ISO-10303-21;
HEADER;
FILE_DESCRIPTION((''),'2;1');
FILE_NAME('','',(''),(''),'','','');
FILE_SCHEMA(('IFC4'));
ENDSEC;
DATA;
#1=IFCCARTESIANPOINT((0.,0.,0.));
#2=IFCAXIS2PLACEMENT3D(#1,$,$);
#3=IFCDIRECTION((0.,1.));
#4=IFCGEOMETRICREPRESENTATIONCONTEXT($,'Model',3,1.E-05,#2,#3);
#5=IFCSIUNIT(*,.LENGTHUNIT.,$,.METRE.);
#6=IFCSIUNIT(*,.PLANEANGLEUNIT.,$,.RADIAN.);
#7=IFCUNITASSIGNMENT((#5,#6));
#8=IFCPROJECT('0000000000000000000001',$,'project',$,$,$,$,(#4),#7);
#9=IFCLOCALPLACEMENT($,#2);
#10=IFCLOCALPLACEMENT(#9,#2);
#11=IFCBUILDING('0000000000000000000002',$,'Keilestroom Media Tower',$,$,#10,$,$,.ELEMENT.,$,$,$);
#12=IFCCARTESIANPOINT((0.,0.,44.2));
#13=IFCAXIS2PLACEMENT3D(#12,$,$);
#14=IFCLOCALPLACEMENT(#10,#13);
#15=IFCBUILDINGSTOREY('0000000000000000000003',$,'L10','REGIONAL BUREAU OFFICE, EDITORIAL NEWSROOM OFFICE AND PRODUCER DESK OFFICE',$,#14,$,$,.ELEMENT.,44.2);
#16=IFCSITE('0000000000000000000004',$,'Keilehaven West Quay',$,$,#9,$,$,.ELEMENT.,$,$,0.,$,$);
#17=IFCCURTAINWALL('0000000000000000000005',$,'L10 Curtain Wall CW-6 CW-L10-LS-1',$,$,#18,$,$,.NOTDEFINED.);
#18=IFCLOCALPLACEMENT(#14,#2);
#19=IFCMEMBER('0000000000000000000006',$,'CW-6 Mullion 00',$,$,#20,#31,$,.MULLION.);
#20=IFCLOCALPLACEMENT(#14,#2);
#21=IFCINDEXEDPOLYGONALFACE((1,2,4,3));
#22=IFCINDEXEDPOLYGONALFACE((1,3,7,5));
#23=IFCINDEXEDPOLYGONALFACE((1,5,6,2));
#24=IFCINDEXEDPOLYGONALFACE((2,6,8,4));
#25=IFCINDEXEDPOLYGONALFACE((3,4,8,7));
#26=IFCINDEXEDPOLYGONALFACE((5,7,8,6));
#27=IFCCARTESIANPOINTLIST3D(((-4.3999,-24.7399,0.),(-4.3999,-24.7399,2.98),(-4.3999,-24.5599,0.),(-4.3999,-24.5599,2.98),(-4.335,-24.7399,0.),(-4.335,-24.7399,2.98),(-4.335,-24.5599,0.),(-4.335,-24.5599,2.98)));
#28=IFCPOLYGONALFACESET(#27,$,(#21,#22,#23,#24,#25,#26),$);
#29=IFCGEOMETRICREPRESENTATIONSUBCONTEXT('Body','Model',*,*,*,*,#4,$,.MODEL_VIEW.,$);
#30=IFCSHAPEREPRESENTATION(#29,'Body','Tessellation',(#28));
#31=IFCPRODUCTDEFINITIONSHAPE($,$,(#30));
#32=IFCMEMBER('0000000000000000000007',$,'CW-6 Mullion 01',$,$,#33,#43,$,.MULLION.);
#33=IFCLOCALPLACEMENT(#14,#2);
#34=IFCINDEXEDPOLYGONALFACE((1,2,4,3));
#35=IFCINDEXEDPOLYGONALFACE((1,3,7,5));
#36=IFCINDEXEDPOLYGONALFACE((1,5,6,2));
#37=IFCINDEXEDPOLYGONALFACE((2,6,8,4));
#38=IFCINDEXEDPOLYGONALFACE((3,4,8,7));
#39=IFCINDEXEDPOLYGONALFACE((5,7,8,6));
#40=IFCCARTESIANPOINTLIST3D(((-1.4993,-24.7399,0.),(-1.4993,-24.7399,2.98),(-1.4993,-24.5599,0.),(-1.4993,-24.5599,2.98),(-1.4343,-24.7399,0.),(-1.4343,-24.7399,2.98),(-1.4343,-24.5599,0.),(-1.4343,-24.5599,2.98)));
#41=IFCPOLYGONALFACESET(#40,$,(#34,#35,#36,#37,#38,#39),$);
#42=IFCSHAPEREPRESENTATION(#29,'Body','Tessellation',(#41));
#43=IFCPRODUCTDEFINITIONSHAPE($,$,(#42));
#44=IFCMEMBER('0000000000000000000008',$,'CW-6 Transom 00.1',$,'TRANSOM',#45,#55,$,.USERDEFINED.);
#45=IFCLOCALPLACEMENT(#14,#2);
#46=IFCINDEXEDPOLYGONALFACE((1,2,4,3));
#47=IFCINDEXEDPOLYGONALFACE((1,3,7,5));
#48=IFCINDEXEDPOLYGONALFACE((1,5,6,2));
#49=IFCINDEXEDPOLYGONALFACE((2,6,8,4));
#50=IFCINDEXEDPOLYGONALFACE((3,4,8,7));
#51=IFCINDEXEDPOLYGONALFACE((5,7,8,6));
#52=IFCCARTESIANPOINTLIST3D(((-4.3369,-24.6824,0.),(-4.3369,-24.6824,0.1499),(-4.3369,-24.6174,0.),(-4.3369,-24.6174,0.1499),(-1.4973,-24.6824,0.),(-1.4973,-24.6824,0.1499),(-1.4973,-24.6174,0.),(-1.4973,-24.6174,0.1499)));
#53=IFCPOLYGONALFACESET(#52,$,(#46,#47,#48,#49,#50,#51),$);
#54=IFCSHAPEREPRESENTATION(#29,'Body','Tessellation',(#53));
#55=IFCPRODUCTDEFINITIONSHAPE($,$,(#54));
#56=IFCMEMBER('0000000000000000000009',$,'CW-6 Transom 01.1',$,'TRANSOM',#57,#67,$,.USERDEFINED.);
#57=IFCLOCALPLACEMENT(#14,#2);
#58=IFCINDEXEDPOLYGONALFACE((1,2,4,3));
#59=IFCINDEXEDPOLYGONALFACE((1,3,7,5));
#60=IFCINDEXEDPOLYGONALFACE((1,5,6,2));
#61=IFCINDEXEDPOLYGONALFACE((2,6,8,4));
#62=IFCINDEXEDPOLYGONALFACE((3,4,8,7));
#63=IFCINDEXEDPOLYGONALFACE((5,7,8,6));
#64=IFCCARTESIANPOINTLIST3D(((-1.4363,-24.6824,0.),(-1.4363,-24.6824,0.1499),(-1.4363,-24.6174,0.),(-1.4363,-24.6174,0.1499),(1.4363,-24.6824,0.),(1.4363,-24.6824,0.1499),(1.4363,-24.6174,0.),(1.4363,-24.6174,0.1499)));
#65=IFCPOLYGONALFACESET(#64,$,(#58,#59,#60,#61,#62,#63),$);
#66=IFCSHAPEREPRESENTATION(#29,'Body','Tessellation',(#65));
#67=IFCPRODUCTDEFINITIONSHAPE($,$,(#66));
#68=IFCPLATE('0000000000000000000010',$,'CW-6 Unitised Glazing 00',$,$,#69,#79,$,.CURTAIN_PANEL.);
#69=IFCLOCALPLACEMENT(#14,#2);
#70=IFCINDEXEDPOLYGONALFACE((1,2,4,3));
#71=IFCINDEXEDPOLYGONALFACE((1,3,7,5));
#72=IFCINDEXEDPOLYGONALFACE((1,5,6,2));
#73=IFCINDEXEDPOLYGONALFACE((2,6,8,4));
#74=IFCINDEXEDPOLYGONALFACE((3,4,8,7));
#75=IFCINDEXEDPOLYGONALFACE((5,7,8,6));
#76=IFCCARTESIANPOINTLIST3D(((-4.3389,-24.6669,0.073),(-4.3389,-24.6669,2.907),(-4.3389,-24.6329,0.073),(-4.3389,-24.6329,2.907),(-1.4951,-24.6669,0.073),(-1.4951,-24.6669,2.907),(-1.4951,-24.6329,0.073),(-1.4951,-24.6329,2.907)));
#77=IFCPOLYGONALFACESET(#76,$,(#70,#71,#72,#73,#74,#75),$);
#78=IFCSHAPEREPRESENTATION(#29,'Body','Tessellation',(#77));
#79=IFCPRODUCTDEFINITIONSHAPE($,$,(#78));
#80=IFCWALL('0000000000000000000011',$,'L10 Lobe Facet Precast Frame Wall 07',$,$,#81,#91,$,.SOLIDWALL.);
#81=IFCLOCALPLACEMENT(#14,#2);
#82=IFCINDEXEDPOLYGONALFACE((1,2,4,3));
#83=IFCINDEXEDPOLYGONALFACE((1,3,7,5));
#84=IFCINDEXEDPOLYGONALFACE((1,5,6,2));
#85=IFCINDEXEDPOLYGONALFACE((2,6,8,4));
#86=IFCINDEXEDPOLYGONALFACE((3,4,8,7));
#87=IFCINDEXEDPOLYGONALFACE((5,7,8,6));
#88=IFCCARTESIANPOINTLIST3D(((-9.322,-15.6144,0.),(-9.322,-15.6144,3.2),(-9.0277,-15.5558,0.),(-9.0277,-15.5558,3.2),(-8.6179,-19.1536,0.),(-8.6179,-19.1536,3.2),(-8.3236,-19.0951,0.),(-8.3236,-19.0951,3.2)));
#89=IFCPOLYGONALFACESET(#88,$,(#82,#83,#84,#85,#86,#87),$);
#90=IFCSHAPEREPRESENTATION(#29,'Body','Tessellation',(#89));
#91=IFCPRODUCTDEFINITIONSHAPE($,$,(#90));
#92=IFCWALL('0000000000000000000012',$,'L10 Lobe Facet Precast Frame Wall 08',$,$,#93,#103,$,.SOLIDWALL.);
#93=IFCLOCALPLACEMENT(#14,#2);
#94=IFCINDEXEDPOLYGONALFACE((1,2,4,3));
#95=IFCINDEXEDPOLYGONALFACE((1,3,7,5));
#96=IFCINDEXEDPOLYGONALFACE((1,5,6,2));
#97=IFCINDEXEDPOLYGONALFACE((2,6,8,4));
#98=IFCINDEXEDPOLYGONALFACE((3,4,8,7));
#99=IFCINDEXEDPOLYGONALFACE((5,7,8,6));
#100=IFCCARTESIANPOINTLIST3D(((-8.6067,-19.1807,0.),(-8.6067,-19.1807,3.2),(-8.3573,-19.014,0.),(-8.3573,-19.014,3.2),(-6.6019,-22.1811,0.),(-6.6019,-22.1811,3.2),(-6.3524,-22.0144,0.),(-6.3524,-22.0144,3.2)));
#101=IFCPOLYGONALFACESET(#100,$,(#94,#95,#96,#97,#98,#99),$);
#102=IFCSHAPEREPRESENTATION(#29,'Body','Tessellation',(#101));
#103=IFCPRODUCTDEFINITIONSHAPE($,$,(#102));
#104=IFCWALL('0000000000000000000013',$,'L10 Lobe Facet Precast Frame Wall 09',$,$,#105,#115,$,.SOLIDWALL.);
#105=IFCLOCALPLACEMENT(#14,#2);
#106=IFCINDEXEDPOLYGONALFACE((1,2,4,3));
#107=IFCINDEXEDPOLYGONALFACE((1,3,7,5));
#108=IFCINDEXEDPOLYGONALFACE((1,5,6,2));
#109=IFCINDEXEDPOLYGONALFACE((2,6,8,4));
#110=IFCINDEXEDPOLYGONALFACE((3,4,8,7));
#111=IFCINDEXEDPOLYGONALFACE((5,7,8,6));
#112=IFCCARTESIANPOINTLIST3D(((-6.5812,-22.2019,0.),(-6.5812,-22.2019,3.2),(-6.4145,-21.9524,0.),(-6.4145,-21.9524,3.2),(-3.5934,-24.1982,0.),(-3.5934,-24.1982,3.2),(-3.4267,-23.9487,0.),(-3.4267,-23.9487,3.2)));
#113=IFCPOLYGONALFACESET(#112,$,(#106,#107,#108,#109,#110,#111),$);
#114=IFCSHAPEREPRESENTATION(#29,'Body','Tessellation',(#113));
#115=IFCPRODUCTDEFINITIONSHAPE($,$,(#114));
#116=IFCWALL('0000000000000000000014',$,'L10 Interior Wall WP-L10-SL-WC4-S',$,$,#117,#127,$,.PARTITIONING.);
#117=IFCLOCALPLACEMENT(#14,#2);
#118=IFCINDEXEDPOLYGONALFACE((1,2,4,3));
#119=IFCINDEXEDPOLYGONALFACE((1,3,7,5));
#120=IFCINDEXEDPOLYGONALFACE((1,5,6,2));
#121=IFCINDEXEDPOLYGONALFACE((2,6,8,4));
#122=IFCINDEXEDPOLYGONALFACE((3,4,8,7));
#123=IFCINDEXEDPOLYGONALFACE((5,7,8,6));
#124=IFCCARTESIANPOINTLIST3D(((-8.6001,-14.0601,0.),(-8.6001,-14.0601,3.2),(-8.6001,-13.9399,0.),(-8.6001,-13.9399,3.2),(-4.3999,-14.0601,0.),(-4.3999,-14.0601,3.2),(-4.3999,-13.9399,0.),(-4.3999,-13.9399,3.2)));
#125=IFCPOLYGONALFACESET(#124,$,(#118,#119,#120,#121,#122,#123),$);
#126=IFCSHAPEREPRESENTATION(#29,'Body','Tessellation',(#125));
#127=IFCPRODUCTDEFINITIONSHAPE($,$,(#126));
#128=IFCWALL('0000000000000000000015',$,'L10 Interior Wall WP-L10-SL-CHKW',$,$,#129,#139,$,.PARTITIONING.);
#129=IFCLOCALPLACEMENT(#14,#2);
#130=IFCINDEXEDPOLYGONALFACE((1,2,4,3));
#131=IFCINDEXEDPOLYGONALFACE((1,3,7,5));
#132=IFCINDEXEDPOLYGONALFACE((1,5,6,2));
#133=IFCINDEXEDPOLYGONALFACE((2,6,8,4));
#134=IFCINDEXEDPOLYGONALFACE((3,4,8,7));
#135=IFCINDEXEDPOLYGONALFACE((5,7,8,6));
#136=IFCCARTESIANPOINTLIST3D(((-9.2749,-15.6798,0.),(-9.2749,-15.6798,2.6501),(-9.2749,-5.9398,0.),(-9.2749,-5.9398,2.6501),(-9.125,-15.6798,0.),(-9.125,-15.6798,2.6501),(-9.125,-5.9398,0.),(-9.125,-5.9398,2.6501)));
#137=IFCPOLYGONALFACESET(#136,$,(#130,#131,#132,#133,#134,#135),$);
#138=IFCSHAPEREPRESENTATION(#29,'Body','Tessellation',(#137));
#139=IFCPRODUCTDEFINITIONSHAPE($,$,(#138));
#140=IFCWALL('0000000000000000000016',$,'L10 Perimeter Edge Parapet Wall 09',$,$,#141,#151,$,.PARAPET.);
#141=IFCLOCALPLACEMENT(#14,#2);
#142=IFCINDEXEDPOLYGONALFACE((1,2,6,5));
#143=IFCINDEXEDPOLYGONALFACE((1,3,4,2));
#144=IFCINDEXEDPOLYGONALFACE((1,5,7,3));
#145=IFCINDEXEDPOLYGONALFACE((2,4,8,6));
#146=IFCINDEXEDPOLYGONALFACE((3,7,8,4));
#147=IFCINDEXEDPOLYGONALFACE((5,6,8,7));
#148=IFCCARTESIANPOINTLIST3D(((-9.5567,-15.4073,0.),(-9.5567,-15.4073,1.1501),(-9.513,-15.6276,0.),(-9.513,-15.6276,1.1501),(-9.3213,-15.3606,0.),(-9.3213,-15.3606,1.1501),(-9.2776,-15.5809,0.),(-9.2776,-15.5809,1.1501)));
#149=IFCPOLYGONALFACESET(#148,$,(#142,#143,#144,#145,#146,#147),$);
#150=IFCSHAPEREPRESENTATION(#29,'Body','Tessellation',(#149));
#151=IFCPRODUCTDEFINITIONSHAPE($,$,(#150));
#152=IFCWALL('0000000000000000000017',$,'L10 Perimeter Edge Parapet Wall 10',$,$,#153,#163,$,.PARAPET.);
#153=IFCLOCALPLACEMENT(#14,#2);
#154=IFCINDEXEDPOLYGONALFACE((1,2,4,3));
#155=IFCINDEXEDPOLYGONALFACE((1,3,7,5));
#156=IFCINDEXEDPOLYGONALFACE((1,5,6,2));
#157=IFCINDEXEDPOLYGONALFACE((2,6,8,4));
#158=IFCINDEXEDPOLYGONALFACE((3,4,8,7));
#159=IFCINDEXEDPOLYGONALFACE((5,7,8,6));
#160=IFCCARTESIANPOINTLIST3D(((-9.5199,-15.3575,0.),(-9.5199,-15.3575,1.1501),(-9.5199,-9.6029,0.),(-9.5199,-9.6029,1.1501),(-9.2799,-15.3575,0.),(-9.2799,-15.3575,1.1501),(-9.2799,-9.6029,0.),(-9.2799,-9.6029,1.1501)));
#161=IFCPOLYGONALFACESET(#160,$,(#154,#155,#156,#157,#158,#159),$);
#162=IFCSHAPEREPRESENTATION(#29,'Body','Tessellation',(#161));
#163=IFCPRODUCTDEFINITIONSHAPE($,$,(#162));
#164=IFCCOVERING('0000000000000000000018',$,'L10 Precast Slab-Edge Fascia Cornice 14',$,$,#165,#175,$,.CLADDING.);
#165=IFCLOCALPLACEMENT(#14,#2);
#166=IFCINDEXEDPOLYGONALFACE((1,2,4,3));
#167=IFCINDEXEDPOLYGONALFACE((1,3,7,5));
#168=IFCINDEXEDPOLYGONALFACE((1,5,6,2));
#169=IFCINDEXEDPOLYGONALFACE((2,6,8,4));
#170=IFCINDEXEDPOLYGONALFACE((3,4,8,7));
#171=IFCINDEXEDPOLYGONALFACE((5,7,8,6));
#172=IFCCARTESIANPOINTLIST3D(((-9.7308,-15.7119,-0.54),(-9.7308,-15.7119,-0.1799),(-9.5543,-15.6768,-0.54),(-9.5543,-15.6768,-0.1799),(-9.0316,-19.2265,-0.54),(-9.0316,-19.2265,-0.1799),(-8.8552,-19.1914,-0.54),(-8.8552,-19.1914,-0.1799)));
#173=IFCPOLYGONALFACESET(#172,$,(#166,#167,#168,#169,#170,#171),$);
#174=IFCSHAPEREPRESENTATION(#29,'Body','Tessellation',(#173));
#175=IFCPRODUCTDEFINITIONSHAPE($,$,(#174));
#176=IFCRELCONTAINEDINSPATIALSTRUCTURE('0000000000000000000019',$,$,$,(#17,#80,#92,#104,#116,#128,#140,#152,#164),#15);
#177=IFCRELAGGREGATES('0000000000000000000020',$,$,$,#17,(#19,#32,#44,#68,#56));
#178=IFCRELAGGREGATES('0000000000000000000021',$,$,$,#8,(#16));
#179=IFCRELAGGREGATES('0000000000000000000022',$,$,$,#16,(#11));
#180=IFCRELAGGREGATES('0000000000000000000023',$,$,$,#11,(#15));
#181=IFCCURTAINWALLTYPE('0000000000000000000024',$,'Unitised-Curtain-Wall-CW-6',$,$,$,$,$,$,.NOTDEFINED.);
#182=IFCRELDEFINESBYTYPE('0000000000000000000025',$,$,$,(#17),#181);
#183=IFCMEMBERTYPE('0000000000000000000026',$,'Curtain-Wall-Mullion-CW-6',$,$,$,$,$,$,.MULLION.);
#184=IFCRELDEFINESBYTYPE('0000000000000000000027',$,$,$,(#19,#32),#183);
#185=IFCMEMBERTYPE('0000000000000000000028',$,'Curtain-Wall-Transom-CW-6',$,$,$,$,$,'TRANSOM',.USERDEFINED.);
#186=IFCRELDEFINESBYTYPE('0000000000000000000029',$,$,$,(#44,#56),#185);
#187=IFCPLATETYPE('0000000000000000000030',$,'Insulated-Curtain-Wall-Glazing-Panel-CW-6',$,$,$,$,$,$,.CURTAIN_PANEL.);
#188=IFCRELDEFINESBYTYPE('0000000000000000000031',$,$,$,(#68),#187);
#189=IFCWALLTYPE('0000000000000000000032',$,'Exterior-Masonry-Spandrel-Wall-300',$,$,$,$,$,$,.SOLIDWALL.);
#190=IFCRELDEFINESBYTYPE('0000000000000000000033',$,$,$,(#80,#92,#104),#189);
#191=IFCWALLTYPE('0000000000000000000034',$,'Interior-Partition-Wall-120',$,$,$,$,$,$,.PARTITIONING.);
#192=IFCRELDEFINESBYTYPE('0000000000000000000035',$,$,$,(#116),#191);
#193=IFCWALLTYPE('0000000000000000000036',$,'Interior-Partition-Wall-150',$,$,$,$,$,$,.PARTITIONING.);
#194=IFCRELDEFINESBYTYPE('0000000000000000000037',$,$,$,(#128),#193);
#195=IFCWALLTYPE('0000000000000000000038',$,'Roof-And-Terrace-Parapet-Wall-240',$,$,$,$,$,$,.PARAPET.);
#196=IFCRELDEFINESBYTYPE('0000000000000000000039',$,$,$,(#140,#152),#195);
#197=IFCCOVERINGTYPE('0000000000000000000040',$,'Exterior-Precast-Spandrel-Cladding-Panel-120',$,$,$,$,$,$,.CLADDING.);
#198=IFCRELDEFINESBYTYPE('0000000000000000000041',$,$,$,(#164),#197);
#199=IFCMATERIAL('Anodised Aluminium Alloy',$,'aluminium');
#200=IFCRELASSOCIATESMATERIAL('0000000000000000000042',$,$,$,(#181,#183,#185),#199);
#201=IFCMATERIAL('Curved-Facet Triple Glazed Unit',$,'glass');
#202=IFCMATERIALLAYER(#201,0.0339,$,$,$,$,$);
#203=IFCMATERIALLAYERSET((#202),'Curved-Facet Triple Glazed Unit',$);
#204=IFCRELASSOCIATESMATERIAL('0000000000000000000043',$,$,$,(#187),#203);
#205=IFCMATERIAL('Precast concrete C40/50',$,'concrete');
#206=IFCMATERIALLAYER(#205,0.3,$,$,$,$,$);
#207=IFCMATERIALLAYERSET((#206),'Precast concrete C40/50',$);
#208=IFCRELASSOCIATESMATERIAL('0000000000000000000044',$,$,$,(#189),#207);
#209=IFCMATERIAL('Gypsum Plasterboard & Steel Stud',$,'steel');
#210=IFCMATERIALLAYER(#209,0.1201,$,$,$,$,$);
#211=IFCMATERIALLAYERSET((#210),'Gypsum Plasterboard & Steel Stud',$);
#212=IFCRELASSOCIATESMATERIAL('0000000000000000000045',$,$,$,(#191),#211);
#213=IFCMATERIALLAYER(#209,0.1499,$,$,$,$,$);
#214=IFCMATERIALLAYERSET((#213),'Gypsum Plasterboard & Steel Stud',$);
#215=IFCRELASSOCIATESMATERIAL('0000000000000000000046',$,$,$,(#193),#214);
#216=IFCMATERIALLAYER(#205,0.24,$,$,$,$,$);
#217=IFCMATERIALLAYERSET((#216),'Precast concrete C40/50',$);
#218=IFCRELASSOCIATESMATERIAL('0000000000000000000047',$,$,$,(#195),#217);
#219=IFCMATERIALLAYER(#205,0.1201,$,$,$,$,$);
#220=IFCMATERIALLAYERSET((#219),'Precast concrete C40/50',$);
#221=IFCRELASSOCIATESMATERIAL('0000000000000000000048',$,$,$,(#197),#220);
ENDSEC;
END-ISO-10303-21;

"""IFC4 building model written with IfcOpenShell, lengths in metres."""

from ifc_helpers import new_model, si_unit, direction, frame, frame_2d, origin, origin_2d, place, context, subcontext, project, spatial, rectangle, extrude, source, transform, mapped, material, layer, layer_set, material_profile, profile_set, type_object, element, aggregate, save


model = new_model("IFC4")

# Units and contexts
model_context = context("Model", 3, precision=1e-05, world=origin(), true_north=direction((0.0, 1.0)))
body_context = subcontext(model_context, "Body", "Model", "MODEL_VIEW")
ifc_project = project(units=[si_unit("LENGTHUNIT", "METRE"), si_unit("PLANEANGLEUNIT", "RADIAN")], contexts=[model_context])

# Site, building, storey
site_placement = place(None, origin())
site = spatial("IfcSite", under=ifc_project, at=site_placement, Name="Keilehaven West Quay", CompositionType="ELEMENT", RefElevation=0.0)
building_placement = place(site_placement, origin())
building = spatial("IfcBuilding", under=site, at=building_placement, Name="Keilestroom Media Tower", CompositionType="ELEMENT")
storey_placement = place(building_placement, frame((0.0, 0.0, 44.2)))
storey = spatial("IfcBuildingStorey", under=building, at=storey_placement, Name="L10", Description="REGIONAL BUREAU OFFICE, EDITORIAL NEWSROOM OFFICE AND PRODUCER DESK OFFICE", CompositionType="ELEMENT", Elevation=44.2)

# Curtain wall, members, plate
ifc_material_1 = material(Name="Anodised Aluminium Alloy", Category="aluminium")
curtain_wall_type = type_object("IfcCurtainWallType", Name="Unitised-Curtain-Wall-CW-6", PredefinedType="NOTDEFINED", material=ifc_material_1)
curtain_wall_placement = place(storey_placement, origin())
curtain_wall = element("IfcCurtainWall", 1, at=curtain_wall_placement, inside=storey, type_object=curtain_wall_type, Name="L10 Curtain Wall CW-6 CW-L10-LS-1", PredefinedType="NOTDEFINED")
ifc_material_profile_1 = material_profile(ifc_material_1, rectangle(XDim=0.0649, YDim=0.1799, at=origin_2d()), Name="ALU MULLION 65x180")
ifc_profile_set_1 = profile_set([ifc_material_profile_1], Name="Anodised Aluminium Alloy")
member_type_1 = type_object("IfcMemberType", Name="Curtain-Wall-Mullion-CW-6", PredefinedType="MULLION", material=ifc_profile_set_1)
shared_shape_1 = source(origin(), body_context, "Body", "SweptSolid", [
    extrude(rectangle(XDim=0.0649, YDim=0.1799, at=origin_2d()), origin(), (0.0, 0.0, 1.0), 2.98),
])
member_1_placement = place(storey_placement, frame((-4.3674, -24.6499, 0.0), z_axis=(0.0, 0.0, 1.0), x_axis=(1.0, 0.0, 0.0)))
member_1 = element("IfcMember", 2, at=member_1_placement, type_object=member_type_1, Name="CW-6 Mullion 00", PredefinedType="MULLION", context=body_context, shape_type="MappedRepresentation", body=[
    mapped(shared_shape_1, transform((0.0, 0.0, 0.0), x_axis=(1.0, 0.0, 0.0), y_axis=(0.0, 1.0, 0.0), z_axis=(0.0, 0.0, 1.0), scale=1.0)),
])
member_2_placement = place(storey_placement, frame((-1.4668, -24.6499, 0.0), z_axis=(0.0, 0.0, 1.0), x_axis=(1.0, 0.0, 0.0)))
member_2 = element("IfcMember", 3, at=member_2_placement, type_object=member_type_1, Name="CW-6 Mullion 01", PredefinedType="MULLION", context=body_context, shape_type="MappedRepresentation", body=[
    mapped(shared_shape_1, transform((0.0, 0.0, 0.0), x_axis=(1.0, 0.0, 0.0), y_axis=(0.0, 1.0, 0.0), z_axis=(0.0, 0.0, 1.0), scale=1.0)),
])
ifc_material_profile_2 = material_profile(ifc_material_1, rectangle(XDim=0.0649, YDim=0.1499, at=origin_2d()), Name="ALU TRANSOM 65x150")
ifc_profile_set_2 = profile_set([ifc_material_profile_2], Name="Anodised Aluminium Alloy")
member_type_2 = type_object("IfcMemberType", Name="Curtain-Wall-Transom-CW-6", ElementType="TRANSOM", PredefinedType="USERDEFINED", material=ifc_profile_set_2)
shared_shape_2 = source(origin(), body_context, "Body", "SweptSolid", [
    extrude(rectangle(XDim=0.0649, YDim=0.1499, at=origin_2d()), origin(), (0.0, 0.0, 1.0), 2.8396),
])
member_3_placement = place(storey_placement, frame((-4.3369, -24.6499, 0.075), z_axis=(1.0, 0.0, 0.0), x_axis=(0.0, 1.0, 0.0)))
member_3 = element("IfcMember", 4, at=member_3_placement, type_object=member_type_2, Name="CW-6 Transom 00.1", ObjectType="TRANSOM", PredefinedType="USERDEFINED", context=body_context, shape_type="MappedRepresentation", body=[
    mapped(shared_shape_2, transform((0.0, 0.0, 0.0), x_axis=(1.0, 0.0, 0.0), y_axis=(0.0, 1.0, 0.0), z_axis=(0.0, 0.0, 1.0), scale=1.0)),
])
shared_shape_3 = source(origin(), body_context, "Body", "SweptSolid", [
    extrude(rectangle(XDim=0.0649, YDim=0.1499, at=origin_2d()), origin(), (0.0, 0.0, 1.0), 2.8726),
])
member_4_placement = place(storey_placement, frame((-1.4363, -24.6499, 0.075), z_axis=(1.0, 0.0, 0.0), x_axis=(0.0, 1.0, 0.0)))
member_4 = element("IfcMember", 5, at=member_4_placement, type_object=member_type_2, Name="CW-6 Transom 01.1", ObjectType="TRANSOM", PredefinedType="USERDEFINED", context=body_context, shape_type="MappedRepresentation", body=[
    mapped(shared_shape_3, transform((0.0, 0.0, 0.0), x_axis=(1.0, 0.0, 0.0), y_axis=(0.0, 1.0, 0.0), z_axis=(0.0, 0.0, 1.0), scale=1.0)),
])
ifc_material_2 = material(Name="Curved-Facet Triple Glazed Unit", Category="glass")
ifc_layer_1 = layer(ifc_material_2, 0.0339)
ifc_layer_set_1 = layer_set([ifc_layer_1], Name="Curved-Facet Triple Glazed Unit")
plate_type = type_object("IfcPlateType", Name="Insulated-Curtain-Wall-Glazing-Panel-CW-6", PredefinedType="CURTAIN_PANEL", material=ifc_layer_set_1)
shared_shape_4 = source(origin(), body_context, "Body", "SweptSolid", [
    extrude(rectangle(XDim=2.8438, YDim=0.0339, at=origin_2d()), origin(), (0.0, 0.0, 1.0), 2.834),
])
plate_placement = place(storey_placement, frame((-2.917, -24.6499, 0.073), z_axis=(0.0, 0.0, 1.0), x_axis=(1.0, 0.0, 0.0)))
plate = element("IfcPlate", 6, at=plate_placement, type_object=plate_type, Name="CW-6 Unitised Glazing 00", PredefinedType="CURTAIN_PANEL", context=body_context, shape_type="MappedRepresentation", body=[
    mapped(shared_shape_4, transform((0.0, 0.0, 0.0), x_axis=(1.0, 0.0, 0.0), y_axis=(0.0, 1.0, 0.0), z_axis=(0.0, 0.0, 1.0), scale=1.0)),
])
aggregate(curtain_wall, [member_1, member_2, member_3, plate, member_4])

# Walls
ifc_material_3 = material(Name="Precast concrete C40/50", Category="concrete")
ifc_layer_2 = layer(ifc_material_3, 0.3)
ifc_layer_set_2 = layer_set([ifc_layer_2], Name="Precast concrete C40/50")
wall_type_1 = type_object("IfcWallType", Name="Exterior-Masonry-Spandrel-Wall-300", PredefinedType="SOLIDWALL", material=ifc_layer_set_2)
for number, where, z_axis, x_axis, name in (
    (7, (-9.1748, -15.5852, 0.0), (0.0, 0.0, 1.0), (0.195114, -0.980781, 0.0), "L10 Lobe Facet Precast Frame Wall 07"),
    (8, (-8.4819, -19.0974, 0.0), (0.0, 0.0, 1.0), (0.555574, -0.831467, 0.0), "L10 Lobe Facet Precast Frame Wall 08"),
):
    element("IfcWall", number, at=place(storey_placement, frame(where, z_axis=z_axis, x_axis=x_axis)), inside=storey, type_object=wall_type_1, Name=name, PredefinedType="SOLIDWALL", context=body_context, shape_type="SweptSolid", body=[
        extrude(rectangle(XDim=3.6086, YDim=0.3, at=frame_2d((1.8042, 0.0))), origin(), (0.0, 0.0, 1.0), 3.2),
    ])
wall_1_placement = place(storey_placement, frame((-6.4978, -22.0771, 0.0), z_axis=(0.0, 0.0, 1.0), x_axis=(0.831475, -0.555562, 0.0)))
element("IfcWall", 9, at=wall_1_placement, inside=storey, type_object=wall_type_1, Name="L10 Lobe Facet Precast Frame Wall 09", PredefinedType="SOLIDWALL", context=body_context, shape_type="SweptSolid", body=[
    extrude(rectangle(XDim=3.5933, YDim=0.3, at=frame_2d((1.7966, 0.0))), origin(), (0.0, 0.0, 1.0), 3.2),
])
ifc_material_4 = material(Name="Gypsum Plasterboard & Steel Stud", Category="steel")
ifc_layer_3 = layer(ifc_material_4, 0.1201)
ifc_layer_set_3 = layer_set([ifc_layer_3], Name="Gypsum Plasterboard & Steel Stud")
wall_type_2 = type_object("IfcWallType", Name="Interior-Partition-Wall-120", PredefinedType="PARTITIONING", material=ifc_layer_set_3)
wall_2_placement = place(storey_placement, frame((-8.6001, -14.0, 0.0), z_axis=(0.0, 0.0, 1.0), x_axis=(1.0, 0.0, 0.0)))
element("IfcWall", 10, at=wall_2_placement, inside=storey, type_object=wall_type_2, Name="L10 Interior Wall WP-L10-SL-WC4-S", PredefinedType="PARTITIONING", context=body_context, shape_type="SweptSolid", body=[
    extrude(rectangle(XDim=4.2002, YDim=0.1201, at=frame_2d((2.1001, 0.0))), origin(), (0.0, 0.0, 1.0), 3.2),
])
ifc_layer_4 = layer(ifc_material_4, 0.1499)
ifc_layer_set_4 = layer_set([ifc_layer_4], Name="Gypsum Plasterboard & Steel Stud")
wall_type_3 = type_object("IfcWallType", Name="Interior-Partition-Wall-150", PredefinedType="PARTITIONING", material=ifc_layer_set_4)
wall_3_placement = place(storey_placement, frame((-9.2, -15.6799, 0.0), z_axis=(0.0, 0.0, 1.0), x_axis=(0.0, 1.0, 0.0)))
element("IfcWall", 11, at=wall_3_placement, inside=storey, type_object=wall_type_3, Name="L10 Interior Wall WP-L10-SL-CHKW", PredefinedType="PARTITIONING", context=body_context, shape_type="SweptSolid", body=[
    extrude(rectangle(XDim=9.74, YDim=0.1499, at=frame_2d((4.8701, 0.0))), origin(), (0.0, 0.0, 1.0), 2.6501),
])
ifc_layer_5 = layer(ifc_material_3, 0.24)
ifc_layer_set_5 = layer_set([ifc_layer_5], Name="Precast concrete C40/50")
wall_type_4 = type_object("IfcWallType", Name="Roof-And-Terrace-Parapet-Wall-240", PredefinedType="PARAPET", material=ifc_layer_set_5)
wall_4_placement = place(storey_placement, frame((-9.3953, -15.6042, 0.0), z_axis=(0.0, 0.0, 1.0), x_axis=(-0.194652, 0.980872, 0.0)))
element("IfcWall", 12, at=wall_4_placement, inside=storey, type_object=wall_type_4, Name="L10 Perimeter Edge Parapet Wall 09", PredefinedType="PARAPET", context=body_context, shape_type="SweptSolid", body=[
    extrude(rectangle(XDim=0.2246, YDim=0.24, at=frame_2d((0.1123, 0.0))), origin(), (0.0, 0.0, 1.0), 1.1501),
])
wall_5_placement = place(storey_placement, frame((-9.3999, -15.3577, 0.0), z_axis=(0.0, 0.0, 1.0), x_axis=(0.0, 1.0, 0.0)))
element("IfcWall", 13, at=wall_5_placement, inside=storey, type_object=wall_type_4, Name="L10 Perimeter Edge Parapet Wall 10", PredefinedType="PARAPET", context=body_context, shape_type="SweptSolid", body=[
    extrude(rectangle(XDim=5.7546, YDim=0.24, at=frame_2d((2.8774, 0.0))), origin(), (0.0, 0.0, 1.0), 1.1501),
])

# Covering
ifc_layer_6 = layer(ifc_material_3, 0.1201)
ifc_layer_set_6 = layer_set([ifc_layer_6], Name="Precast concrete C40/50")
covering_type = type_object("IfcCoveringType", Name="Exterior-Precast-Spandrel-Cladding-Panel-120", PredefinedType="CLADDING", material=ifc_layer_set_6)
shared_shape_5 = source(origin(), body_context, "Body", "SweptSolid", [
    extrude(rectangle(XDim=3.5835, YDim=0.1799, at=origin_2d()), origin(), (0.0, 0.0, 1.0), 0.3601),
])
covering_placement = place(storey_placement, frame((-9.293, -17.4517, -0.54), z_axis=(0.0, 0.0, 1.0), x_axis=(-0.195099, 0.980784, 0.0)))
element("IfcCovering", 14, at=covering_placement, inside=storey, type_object=covering_type, Name="L10 Precast Slab-Edge Fascia Cornice 14", PredefinedType="CLADDING", context=body_context, shape_type="MappedRepresentation", body=[
    mapped(shared_shape_5, transform((0.0, 0.0, 0.0), x_axis=(1.0, 0.0, 0.0), y_axis=(0.0, 1.0, 0.0), z_axis=(0.0, 0.0, 1.0), scale=1.0)),
])

save(model, "model.ifc")
